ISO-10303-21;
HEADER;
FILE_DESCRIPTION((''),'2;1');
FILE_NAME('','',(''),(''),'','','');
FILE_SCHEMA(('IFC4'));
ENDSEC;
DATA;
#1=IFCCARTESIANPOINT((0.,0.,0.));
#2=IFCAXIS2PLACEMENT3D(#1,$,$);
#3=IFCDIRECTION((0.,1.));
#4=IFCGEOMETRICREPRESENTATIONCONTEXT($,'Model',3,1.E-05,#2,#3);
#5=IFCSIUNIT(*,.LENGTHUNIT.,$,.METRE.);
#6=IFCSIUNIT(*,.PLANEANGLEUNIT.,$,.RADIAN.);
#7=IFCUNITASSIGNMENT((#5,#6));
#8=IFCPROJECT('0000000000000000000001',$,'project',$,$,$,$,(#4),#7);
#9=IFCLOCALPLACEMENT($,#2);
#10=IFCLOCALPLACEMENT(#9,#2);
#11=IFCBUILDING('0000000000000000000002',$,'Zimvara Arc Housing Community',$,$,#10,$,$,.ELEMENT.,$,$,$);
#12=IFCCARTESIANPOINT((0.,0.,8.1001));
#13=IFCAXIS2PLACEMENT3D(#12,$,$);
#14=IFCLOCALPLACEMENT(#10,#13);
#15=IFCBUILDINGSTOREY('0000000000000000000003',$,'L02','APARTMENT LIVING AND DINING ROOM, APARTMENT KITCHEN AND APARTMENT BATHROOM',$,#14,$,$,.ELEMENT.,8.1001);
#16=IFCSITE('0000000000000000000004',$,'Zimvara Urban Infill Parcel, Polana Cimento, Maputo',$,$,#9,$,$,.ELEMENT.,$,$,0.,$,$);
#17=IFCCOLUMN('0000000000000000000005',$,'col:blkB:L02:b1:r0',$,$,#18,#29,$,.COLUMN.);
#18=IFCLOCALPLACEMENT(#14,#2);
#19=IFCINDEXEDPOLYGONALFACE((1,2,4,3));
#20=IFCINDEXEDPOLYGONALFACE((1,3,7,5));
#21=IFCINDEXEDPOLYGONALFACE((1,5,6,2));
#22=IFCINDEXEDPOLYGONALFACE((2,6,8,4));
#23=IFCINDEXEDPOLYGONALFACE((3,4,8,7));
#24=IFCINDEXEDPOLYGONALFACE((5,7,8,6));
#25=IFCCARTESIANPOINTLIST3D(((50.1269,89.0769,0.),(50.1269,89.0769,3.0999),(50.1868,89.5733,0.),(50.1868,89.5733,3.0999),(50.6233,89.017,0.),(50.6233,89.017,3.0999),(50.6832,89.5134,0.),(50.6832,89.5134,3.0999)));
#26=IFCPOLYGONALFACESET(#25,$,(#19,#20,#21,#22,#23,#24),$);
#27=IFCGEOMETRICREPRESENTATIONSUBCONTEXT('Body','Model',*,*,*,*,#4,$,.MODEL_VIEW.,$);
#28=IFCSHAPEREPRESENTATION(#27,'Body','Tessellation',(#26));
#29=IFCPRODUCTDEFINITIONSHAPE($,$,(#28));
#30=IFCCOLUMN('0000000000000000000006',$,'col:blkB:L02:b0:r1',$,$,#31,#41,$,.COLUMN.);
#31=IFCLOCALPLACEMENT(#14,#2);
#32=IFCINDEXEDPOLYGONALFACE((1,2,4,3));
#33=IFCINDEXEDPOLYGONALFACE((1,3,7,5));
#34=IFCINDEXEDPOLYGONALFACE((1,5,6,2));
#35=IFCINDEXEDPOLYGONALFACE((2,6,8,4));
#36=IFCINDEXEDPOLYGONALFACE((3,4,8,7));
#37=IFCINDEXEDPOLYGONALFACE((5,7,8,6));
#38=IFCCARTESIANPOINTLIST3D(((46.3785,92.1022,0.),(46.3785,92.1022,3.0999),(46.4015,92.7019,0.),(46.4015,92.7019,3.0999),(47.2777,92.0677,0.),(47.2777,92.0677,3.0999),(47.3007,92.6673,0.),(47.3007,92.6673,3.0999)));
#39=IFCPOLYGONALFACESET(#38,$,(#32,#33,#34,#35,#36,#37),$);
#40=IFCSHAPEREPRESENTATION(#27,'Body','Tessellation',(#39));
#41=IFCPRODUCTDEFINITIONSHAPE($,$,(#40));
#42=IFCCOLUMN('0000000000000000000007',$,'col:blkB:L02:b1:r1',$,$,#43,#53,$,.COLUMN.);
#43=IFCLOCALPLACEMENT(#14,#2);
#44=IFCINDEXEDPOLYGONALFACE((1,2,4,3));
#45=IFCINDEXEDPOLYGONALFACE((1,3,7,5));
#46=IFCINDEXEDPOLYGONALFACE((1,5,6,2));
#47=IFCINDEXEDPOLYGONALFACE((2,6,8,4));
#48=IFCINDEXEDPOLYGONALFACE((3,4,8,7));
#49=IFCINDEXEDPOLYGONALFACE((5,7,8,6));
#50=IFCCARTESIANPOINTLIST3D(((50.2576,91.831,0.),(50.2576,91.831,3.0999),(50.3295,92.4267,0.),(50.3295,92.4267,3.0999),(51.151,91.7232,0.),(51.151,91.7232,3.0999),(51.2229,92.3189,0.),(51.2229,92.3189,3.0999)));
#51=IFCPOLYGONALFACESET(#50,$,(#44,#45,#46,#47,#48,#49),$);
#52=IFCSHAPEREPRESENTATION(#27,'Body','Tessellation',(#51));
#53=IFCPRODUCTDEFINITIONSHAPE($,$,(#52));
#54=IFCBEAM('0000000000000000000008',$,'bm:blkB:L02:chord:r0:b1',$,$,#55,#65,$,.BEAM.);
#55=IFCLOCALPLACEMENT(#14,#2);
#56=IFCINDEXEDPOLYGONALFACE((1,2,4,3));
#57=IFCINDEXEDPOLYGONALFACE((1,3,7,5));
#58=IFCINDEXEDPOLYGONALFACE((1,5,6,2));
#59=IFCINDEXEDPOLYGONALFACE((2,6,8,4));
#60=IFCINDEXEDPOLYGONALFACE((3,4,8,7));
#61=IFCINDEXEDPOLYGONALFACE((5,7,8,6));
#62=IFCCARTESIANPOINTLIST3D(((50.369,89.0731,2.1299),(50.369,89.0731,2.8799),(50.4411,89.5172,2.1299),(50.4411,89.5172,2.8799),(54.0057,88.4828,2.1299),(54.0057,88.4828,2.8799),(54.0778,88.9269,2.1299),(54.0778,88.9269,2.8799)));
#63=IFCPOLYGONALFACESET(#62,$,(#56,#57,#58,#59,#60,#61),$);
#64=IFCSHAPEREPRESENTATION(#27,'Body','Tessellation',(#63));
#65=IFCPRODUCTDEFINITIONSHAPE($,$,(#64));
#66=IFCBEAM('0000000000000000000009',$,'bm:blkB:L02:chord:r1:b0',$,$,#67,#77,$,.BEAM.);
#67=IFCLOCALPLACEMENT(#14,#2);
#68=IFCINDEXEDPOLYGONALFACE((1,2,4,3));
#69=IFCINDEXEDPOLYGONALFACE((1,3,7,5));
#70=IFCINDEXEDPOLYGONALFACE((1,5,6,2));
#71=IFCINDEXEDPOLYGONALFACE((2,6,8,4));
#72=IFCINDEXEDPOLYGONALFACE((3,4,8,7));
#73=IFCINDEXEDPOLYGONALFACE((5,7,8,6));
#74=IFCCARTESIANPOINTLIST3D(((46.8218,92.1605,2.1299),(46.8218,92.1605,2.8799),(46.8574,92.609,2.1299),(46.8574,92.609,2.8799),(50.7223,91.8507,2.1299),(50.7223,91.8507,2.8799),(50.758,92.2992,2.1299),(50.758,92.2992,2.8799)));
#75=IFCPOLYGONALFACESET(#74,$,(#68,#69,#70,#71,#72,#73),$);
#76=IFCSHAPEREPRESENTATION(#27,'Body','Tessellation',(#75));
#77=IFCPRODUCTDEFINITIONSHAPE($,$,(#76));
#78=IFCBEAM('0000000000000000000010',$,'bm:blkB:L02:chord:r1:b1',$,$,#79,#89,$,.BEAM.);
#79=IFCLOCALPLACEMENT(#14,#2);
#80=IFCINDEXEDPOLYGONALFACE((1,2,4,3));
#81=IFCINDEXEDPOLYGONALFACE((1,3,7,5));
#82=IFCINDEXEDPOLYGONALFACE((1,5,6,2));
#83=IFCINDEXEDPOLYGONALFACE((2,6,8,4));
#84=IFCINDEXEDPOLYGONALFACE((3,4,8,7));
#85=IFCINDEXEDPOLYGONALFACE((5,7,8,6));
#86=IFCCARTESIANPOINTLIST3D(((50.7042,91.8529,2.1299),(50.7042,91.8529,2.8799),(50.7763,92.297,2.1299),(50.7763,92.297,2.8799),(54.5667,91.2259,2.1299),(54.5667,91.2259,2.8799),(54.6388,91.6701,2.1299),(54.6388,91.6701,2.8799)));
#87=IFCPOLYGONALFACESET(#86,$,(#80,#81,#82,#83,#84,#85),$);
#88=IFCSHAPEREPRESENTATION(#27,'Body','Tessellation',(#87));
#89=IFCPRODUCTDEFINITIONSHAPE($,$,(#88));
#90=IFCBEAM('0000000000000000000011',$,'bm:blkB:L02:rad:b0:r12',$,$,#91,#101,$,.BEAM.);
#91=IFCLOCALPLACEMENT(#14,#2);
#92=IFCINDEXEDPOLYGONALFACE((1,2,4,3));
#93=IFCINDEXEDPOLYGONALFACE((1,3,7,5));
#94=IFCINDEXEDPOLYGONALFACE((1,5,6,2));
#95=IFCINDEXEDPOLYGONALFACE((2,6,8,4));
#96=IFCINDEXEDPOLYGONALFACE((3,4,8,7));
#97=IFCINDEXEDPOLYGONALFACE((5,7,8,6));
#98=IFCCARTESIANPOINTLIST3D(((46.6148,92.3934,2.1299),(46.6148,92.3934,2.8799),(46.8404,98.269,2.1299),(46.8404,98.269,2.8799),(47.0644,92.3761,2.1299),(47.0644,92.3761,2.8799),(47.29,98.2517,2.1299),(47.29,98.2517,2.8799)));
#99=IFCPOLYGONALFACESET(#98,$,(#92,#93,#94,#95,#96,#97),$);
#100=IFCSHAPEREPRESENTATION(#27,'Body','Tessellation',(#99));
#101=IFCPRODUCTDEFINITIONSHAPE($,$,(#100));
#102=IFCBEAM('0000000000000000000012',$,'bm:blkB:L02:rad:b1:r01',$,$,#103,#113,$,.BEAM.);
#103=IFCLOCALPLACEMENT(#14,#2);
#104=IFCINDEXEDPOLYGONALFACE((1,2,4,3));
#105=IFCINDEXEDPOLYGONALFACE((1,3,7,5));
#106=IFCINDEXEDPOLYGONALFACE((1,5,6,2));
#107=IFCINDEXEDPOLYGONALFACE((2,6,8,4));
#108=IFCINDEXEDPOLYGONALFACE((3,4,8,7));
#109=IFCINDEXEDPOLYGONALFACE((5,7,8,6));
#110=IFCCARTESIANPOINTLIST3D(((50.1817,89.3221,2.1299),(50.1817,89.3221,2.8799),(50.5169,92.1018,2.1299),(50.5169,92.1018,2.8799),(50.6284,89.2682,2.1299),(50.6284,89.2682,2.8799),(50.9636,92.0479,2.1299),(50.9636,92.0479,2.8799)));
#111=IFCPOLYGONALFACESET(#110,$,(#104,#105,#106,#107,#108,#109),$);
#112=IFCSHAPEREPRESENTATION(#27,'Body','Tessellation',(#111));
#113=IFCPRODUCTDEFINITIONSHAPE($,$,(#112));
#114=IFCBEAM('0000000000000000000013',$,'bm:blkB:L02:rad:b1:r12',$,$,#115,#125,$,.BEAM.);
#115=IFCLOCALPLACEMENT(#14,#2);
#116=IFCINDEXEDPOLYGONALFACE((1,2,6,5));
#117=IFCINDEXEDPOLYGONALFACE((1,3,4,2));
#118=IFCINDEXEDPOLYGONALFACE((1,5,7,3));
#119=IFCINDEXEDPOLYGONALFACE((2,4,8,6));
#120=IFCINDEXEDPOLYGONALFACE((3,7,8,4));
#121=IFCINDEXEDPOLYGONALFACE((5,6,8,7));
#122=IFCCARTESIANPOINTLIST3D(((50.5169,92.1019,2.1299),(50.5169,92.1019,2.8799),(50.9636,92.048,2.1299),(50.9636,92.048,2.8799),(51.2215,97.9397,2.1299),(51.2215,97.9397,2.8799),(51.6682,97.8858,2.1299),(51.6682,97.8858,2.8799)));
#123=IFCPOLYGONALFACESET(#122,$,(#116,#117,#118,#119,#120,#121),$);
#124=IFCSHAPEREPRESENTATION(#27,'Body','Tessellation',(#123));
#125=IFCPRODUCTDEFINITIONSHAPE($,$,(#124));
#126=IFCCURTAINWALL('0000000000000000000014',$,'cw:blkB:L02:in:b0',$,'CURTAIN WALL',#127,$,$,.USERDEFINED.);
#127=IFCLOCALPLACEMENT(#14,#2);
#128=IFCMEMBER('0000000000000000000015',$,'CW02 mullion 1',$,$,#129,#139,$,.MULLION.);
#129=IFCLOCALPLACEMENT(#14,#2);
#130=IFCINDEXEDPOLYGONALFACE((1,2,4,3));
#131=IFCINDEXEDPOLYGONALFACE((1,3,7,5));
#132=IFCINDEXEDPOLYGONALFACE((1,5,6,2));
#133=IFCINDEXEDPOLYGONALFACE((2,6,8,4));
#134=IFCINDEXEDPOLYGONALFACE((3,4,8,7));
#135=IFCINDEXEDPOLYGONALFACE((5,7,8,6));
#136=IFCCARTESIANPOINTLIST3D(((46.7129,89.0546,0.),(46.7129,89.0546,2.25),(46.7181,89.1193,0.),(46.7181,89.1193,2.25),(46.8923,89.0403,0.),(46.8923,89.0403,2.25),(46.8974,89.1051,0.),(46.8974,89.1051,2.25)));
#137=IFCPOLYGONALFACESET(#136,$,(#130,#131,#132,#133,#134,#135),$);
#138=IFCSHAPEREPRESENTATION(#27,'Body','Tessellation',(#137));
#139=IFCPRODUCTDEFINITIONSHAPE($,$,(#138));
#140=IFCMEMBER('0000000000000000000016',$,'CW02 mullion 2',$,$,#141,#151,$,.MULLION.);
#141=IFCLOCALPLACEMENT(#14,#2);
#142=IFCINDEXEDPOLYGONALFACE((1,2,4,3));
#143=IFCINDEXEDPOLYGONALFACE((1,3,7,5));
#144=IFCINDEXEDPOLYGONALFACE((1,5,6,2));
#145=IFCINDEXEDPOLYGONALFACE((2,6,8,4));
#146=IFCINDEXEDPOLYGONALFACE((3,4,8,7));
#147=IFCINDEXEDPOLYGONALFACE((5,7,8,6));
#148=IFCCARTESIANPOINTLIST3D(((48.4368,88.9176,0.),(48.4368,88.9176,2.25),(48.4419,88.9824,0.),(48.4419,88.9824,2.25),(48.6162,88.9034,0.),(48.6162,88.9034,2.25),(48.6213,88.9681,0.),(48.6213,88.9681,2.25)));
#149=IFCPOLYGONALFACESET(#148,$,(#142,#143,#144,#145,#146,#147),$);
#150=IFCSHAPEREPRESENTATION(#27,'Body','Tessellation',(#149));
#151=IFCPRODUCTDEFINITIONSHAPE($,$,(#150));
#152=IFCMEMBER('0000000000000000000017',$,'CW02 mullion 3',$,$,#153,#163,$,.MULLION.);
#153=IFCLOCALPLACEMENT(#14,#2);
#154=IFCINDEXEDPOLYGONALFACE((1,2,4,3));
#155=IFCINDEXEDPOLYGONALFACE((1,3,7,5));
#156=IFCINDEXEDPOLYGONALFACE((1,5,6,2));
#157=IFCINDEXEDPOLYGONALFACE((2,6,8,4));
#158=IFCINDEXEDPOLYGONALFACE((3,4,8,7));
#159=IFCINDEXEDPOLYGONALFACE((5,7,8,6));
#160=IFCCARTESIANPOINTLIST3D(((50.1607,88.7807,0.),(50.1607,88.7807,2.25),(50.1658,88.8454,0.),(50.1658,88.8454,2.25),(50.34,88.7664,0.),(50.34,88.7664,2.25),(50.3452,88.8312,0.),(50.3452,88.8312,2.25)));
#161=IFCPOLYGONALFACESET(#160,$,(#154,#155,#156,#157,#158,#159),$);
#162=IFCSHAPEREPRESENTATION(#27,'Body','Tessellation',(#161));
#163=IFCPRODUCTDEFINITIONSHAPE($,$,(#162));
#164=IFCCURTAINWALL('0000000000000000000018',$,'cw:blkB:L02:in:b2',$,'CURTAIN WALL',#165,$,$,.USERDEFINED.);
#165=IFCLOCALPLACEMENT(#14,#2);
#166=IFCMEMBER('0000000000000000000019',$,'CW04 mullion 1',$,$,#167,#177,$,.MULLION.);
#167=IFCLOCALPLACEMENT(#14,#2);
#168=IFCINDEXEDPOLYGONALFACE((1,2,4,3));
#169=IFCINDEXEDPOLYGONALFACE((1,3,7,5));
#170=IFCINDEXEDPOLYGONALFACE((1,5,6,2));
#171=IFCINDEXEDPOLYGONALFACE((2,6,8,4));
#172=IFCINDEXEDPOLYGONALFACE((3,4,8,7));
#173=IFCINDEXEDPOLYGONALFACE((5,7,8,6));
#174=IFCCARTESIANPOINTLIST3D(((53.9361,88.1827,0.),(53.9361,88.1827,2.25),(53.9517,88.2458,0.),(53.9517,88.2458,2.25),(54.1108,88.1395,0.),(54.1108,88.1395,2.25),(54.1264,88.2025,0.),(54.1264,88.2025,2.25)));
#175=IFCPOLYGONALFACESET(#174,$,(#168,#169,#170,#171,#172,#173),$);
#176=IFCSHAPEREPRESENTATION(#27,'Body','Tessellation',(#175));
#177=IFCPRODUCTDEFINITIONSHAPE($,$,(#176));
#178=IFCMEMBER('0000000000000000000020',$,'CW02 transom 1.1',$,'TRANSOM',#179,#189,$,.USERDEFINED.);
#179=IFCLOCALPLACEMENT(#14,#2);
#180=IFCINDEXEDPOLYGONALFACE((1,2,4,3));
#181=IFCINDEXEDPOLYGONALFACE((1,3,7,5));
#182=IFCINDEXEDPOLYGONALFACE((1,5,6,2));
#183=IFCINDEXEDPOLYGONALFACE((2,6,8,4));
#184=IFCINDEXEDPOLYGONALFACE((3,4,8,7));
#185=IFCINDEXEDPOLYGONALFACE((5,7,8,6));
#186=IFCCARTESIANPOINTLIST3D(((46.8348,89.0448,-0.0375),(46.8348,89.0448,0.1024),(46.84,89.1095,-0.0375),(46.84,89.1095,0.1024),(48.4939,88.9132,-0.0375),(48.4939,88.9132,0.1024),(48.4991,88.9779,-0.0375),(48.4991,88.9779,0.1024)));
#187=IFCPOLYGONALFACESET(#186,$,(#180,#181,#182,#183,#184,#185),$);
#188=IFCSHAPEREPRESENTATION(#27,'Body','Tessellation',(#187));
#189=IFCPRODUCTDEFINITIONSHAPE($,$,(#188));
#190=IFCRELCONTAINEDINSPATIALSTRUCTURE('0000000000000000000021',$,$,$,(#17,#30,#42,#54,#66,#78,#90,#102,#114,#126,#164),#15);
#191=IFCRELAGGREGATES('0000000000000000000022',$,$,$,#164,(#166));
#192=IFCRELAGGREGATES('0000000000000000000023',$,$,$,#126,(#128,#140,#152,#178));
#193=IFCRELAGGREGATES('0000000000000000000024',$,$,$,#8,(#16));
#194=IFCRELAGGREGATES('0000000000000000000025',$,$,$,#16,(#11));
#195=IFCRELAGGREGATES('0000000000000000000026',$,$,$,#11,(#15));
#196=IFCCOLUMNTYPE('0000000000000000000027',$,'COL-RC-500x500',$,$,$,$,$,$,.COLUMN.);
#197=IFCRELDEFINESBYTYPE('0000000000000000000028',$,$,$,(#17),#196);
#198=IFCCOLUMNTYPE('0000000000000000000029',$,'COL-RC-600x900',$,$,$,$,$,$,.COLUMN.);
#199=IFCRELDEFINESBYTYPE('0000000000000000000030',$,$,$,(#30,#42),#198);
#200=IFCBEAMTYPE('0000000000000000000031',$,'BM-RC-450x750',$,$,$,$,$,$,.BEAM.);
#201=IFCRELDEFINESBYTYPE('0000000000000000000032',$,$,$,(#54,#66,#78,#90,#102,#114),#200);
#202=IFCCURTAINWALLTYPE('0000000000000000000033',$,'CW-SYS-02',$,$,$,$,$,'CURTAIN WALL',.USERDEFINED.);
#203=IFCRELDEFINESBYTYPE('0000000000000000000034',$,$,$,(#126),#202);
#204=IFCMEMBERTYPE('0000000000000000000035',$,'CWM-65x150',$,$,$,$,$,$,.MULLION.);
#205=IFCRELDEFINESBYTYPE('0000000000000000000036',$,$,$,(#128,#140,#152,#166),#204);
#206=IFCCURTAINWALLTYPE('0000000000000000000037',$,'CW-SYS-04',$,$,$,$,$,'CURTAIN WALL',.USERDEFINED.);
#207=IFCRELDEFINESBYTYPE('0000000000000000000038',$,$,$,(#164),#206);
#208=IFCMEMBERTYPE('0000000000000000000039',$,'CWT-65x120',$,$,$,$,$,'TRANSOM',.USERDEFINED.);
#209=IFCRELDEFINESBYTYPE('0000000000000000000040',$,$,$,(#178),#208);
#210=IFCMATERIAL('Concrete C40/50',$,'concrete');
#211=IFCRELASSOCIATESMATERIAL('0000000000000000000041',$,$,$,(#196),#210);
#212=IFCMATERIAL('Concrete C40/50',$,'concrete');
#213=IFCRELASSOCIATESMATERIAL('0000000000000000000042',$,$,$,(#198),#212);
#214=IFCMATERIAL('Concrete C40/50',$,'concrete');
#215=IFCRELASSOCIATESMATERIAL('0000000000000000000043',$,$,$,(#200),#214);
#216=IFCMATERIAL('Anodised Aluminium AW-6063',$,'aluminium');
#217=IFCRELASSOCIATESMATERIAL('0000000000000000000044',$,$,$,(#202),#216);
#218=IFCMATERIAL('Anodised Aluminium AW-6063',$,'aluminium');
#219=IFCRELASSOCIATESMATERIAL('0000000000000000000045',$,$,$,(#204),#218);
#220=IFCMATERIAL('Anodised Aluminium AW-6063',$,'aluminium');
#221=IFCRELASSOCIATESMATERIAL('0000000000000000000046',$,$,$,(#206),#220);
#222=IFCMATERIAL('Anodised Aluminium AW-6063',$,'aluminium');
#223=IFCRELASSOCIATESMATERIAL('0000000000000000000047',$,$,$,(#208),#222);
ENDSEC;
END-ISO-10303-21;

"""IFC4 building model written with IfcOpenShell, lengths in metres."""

from ifc_helpers import new_model, si_unit, direction, frame, origin, origin_2d, place, context, subcontext, project, spatial, rectangle, extrude, material, material_profile, profile_set, type_object, element, aggregate, save


model = new_model("IFC4")

# Units and contexts
model_context = context("Model", 3, precision=1e-05, world=origin(), true_north=direction((0.0, 1.0)))
body_context = subcontext(model_context, "Body", "Model", "MODEL_VIEW")
ifc_project = project(units=[si_unit("LENGTHUNIT", "METRE"), si_unit("PLANEANGLEUNIT", "RADIAN")], contexts=[model_context])

# Site, building, storey
site_placement = place(None, origin())
site = spatial("IfcSite", under=ifc_project, at=site_placement, Name="Zimvara Urban Infill Parcel, Polana Cimento, Maputo", CompositionType="ELEMENT", RefElevation=0.0)
building_placement = place(site_placement, origin())
building = spatial("IfcBuilding", under=site, at=building_placement, Name="Zimvara Arc Housing Community", CompositionType="ELEMENT")
storey_placement = place(building_placement, frame((0.0, 0.0, 8.1001)))
storey = spatial("IfcBuildingStorey", under=building, at=storey_placement, Name="L02", Description="APARTMENT LIVING AND DINING ROOM, APARTMENT KITCHEN AND APARTMENT BATHROOM", CompositionType="ELEMENT", Elevation=8.1001)

# Columns
ifc_material_1 = material(Name="Concrete C40/50", Category="concrete")
ifc_material_profile_1 = material_profile(ifc_material_1, rectangle(XDim=0.5, YDim=0.5, at=origin_2d()), Name="RC 500x500")
ifc_profile_set_1 = profile_set([ifc_material_profile_1], Name="Concrete C40/50")
column_type_1 = type_object("IfcColumnType", Name="COL-RC-500x500", PredefinedType="COLUMN", material=ifc_profile_set_1)
column_placement = place(storey_placement, frame((50.405, 89.2952, 0.0), z_axis=(0.0, 0.0, 1.0), x_axis=(0.11979, 0.992799, 0.0)))
element("IfcColumn", 1, at=column_placement, inside=storey, type_object=column_type_1, Name="col:blkB:L02:b1:r0", PredefinedType="COLUMN", context=body_context, shape_type="SweptSolid", body=[
    extrude(rectangle(XDim=0.5, YDim=0.5, at=origin_2d()), origin(), (0.0, 0.0, 1.0), 3.0999),
])
ifc_material_2 = material(Name="Concrete C40/50", Category="concrete")
ifc_material_profile_2 = material_profile(ifc_material_2, rectangle(XDim=0.6001, YDim=0.8999, at=origin_2d()), Name="RC 600x900")
ifc_profile_set_2 = profile_set([ifc_material_profile_2], Name="Concrete C40/50")
column_type_2 = type_object("IfcColumnType", Name="COL-RC-600x900", PredefinedType="COLUMN", material=ifc_profile_set_2)
for number, where, z_axis, x_axis, name in (
    (2, (46.8396, 92.3848, 0.0), (0.0, 0.0, 1.0), (0.038388, 0.999263, 0.0), "col:blkB:L02:b0:r1"),
    (3, (50.7402, 92.075, 0.0), (0.0, 0.0, 1.0), (0.11979, 0.992799, 0.0), "col:blkB:L02:b1:r1"),
):
    element("IfcColumn", number, at=place(storey_placement, frame(where, z_axis=z_axis, x_axis=x_axis)), inside=storey, type_object=column_type_2, Name=name, PredefinedType="COLUMN", context=body_context, shape_type="SweptSolid", body=[
        extrude(rectangle(XDim=0.6001, YDim=0.8999, at=origin_2d()), origin(), (0.0, 0.0, 1.0), 3.0999),
    ])

# Beams
ifc_material_3 = material(Name="Concrete C40/50", Category="concrete")
ifc_material_profile_3 = material_profile(ifc_material_3, rectangle(XDim=0.45, YDim=0.75, at=origin_2d()), Name="RC 450x750")
ifc_profile_set_3 = profile_set([ifc_material_profile_3], Name="Concrete C40/50")
beam_type = type_object("IfcBeamType", Name="BM-RC-450x750", PredefinedType="BEAM", material=ifc_profile_set_3)
beam_1_placement = place(storey_placement, frame((50.405, 89.2952, 2.5049), z_axis=(0.98708, -0.160228, 0.0), x_axis=(0.160228, 0.98708, 0.0)))
element("IfcBeam", 4, at=beam_1_placement, inside=storey, type_object=beam_type, Name="bm:blkB:L02:chord:r0:b1", PredefinedType="BEAM", context=body_context, shape_type="SweptSolid", body=[
    extrude(rectangle(XDim=0.45, YDim=0.75, at=origin_2d()), origin(), (0.0, 0.0, 1.0), 3.6843),
])
beam_2_placement = place(storey_placement, frame((46.8396, 92.3848, 2.5049), z_axis=(0.996861, -0.079177, 0.0), x_axis=(0.079177, 0.996861, 0.0)))
element("IfcBeam", 5, at=beam_2_placement, inside=storey, type_object=beam_type, Name="bm:blkB:L02:chord:r1:b0", PredefinedType="BEAM", context=body_context, shape_type="SweptSolid", body=[
    extrude(rectangle(XDim=0.45, YDim=0.75, at=origin_2d()), origin(), (0.0, 0.0, 1.0), 3.9128),
])
beam_3_placement = place(storey_placement, frame((50.7402, 92.075, 2.5049), z_axis=(0.987081, -0.160219, 0.0), x_axis=(0.160219, 0.987081, 0.0)))
element("IfcBeam", 6, at=beam_3_placement, inside=storey, type_object=beam_type, Name="bm:blkB:L02:chord:r1:b1", PredefinedType="BEAM", context=body_context, shape_type="SweptSolid", body=[
    extrude(rectangle(XDim=0.45, YDim=0.75, at=origin_2d()), origin(), (0.0, 0.0, 1.0), 3.9131),
])
beam_4_placement = place(storey_placement, frame((46.8396, 92.3848, 2.5049), z_axis=(0.038366, 0.999264, 0.0), x_axis=(-0.999264, 0.038366, 0.0)))
element("IfcBeam", 7, at=beam_4_placement, inside=storey, type_object=beam_type, Name="bm:blkB:L02:rad:b0:r12", PredefinedType="BEAM", context=body_context, shape_type="SweptSolid", body=[
    extrude(rectangle(XDim=0.45, YDim=0.75, at=origin_2d()), origin(), (0.0, 0.0, 1.0), 5.8799),
])
beam_5_placement = place(storey_placement, frame((50.405, 89.2952, 2.5049), z_axis=(0.119719, 0.992808, 0.0), x_axis=(-0.992808, 0.119719, 0.0)))
element("IfcBeam", 8, at=beam_5_placement, inside=storey, type_object=beam_type, Name="bm:blkB:L02:rad:b1:r01", PredefinedType="BEAM", context=body_context, shape_type="SweptSolid", body=[
    extrude(rectangle(XDim=0.45, YDim=0.75, at=origin_2d()), origin(), (0.0, 0.0, 1.0), 2.7998),
])
beam_6_placement = place(storey_placement, frame((50.7402, 92.075, 2.5049), z_axis=(0.119828, 0.992795, 0.0), x_axis=(-0.992795, 0.119828, 0.0)))
element("IfcBeam", 9, at=beam_6_placement, inside=storey, type_object=beam_type, Name="bm:blkB:L02:rad:b1:r12", PredefinedType="BEAM", context=body_context, shape_type="SweptSolid", body=[
    extrude(rectangle(XDim=0.45, YDim=0.75, at=origin_2d()), origin(), (0.0, 0.0, 1.0), 5.8801),
])

# Curtain wall, members
ifc_material_4 = material(Name="Anodised Aluminium AW-6063", Category="aluminium")
curtain_wall_type_1 = type_object("IfcCurtainWallType", Name="CW-SYS-02", ElementType="CURTAIN WALL", PredefinedType="USERDEFINED", material=ifc_material_4)
curtain_wall_1_placement = place(storey_placement, origin())
curtain_wall_1 = element("IfcCurtainWall", 10, at=curtain_wall_1_placement, inside=storey, type_object=curtain_wall_type_1, Name="cw:blkB:L02:in:b0", ObjectType="CURTAIN WALL", PredefinedType="USERDEFINED")
ifc_material_5 = material(Name="Anodised Aluminium AW-6063", Category="aluminium")
ifc_material_profile_4 = material_profile(ifc_material_5, rectangle(XDim=0.0649, YDim=0.1799, at=origin_2d()), Name="ALU 65x180")
ifc_profile_set_4 = profile_set([ifc_material_profile_4], Name="Anodised Aluminium AW-6063")
member_type_1 = type_object("IfcMemberType", Name="CWM-65x150", PredefinedType="MULLION", material=ifc_profile_set_4)
member_1_placement = place(storey_placement, frame((46.8052, 89.0798, 0.0), z_axis=(0.0, 0.0, 1.0), x_axis=(0.079155, 0.996862, 0.0)))
member_1 = element("IfcMember", 11, at=member_1_placement, type_object=member_type_1, Name="CW02 mullion 1", PredefinedType="MULLION", context=body_context, shape_type="SweptSolid", body=[
    extrude(rectangle(XDim=0.0649, YDim=0.1799, at=origin_2d()), origin(), (0.0, 0.0, 1.0), 2.25),
])
member_2_placement = place(storey_placement, frame((48.5291, 88.9429, 0.0), z_axis=(0.0, 0.0, 1.0), x_axis=(0.079155, 0.996862, 0.0)))
member_2 = element("IfcMember", 12, at=member_2_placement, type_object=member_type_1, Name="CW02 mullion 2", PredefinedType="MULLION", context=body_context, shape_type="SweptSolid", body=[
    extrude(rectangle(XDim=0.0649, YDim=0.1799, at=origin_2d()), origin(), (0.0, 0.0, 1.0), 2.25),
])
member_3_placement = place(storey_placement, frame((50.2529, 88.8059, 0.0), z_axis=(0.0, 0.0, 1.0), x_axis=(0.079155, 0.996862, 0.0)))
member_3 = element("IfcMember", 13, at=member_3_placement, type_object=member_type_1, Name="CW02 mullion 3", PredefinedType="MULLION", context=body_context, shape_type="SweptSolid", body=[
    extrude(rectangle(XDim=0.0649, YDim=0.1799, at=origin_2d()), origin(), (0.0, 0.0, 1.0), 2.25),
])

# Curtain wall, member
ifc_material_6 = material(Name="Anodised Aluminium AW-6063", Category="aluminium")
curtain_wall_type_2 = type_object("IfcCurtainWallType", Name="CW-SYS-04", ElementType="CURTAIN WALL", PredefinedType="USERDEFINED", material=ifc_material_6)
curtain_wall_2_placement = place(storey_placement, origin())
curtain_wall_2 = element("IfcCurtainWall", 14, at=curtain_wall_2_placement, inside=storey, type_object=curtain_wall_type_2, Name="cw:blkB:L02:in:b2", ObjectType="CURTAIN WALL", PredefinedType="USERDEFINED")
member_4_placement = place(storey_placement, frame((54.0312, 88.1926, 0.0), z_axis=(0.0, 0.0, 1.0), x_axis=(0.240228, 0.970717, 0.0)))
member_4 = element("IfcMember", 15, at=member_4_placement, type_object=member_type_1, Name="CW04 mullion 1", PredefinedType="MULLION", context=body_context, shape_type="SweptSolid", body=[
    extrude(rectangle(XDim=0.0649, YDim=0.1799, at=origin_2d()), origin(), (0.0, 0.0, 1.0), 2.25),
])
aggregate(curtain_wall_2, [member_4])

# Member
ifc_material_7 = material(Name="Anodised Aluminium AW-6063", Category="aluminium")
ifc_material_profile_5 = material_profile(ifc_material_7, rectangle(XDim=0.0649, YDim=0.1399, at=origin_2d()), Name="ALU 65x140")
ifc_profile_set_5 = profile_set([ifc_material_profile_5], Name="Anodised Aluminium AW-6063")
member_type_2 = type_object("IfcMemberType", Name="CWT-65x120", ElementType="TRANSOM", PredefinedType="USERDEFINED", material=ifc_profile_set_5)
member_5_placement = place(storey_placement, frame((46.8374, 89.0771, 0.0325), z_axis=(0.99687, -0.079063, 0.0), x_axis=(0.079063, 0.99687, 0.0)))
member_5 = element("IfcMember", 16, at=member_5_placement, type_object=member_type_2, Name="CW02 transom 1.1", ObjectType="TRANSOM", PredefinedType="USERDEFINED", context=body_context, shape_type="SweptSolid", body=[
    extrude(rectangle(XDim=0.0649, YDim=0.1399, at=origin_2d()), origin(), (0.0, 0.0, 1.0), 1.6643),
])

aggregate(curtain_wall_1, [member_1, member_2, member_3, member_5])

save(model, "model.ifc")
